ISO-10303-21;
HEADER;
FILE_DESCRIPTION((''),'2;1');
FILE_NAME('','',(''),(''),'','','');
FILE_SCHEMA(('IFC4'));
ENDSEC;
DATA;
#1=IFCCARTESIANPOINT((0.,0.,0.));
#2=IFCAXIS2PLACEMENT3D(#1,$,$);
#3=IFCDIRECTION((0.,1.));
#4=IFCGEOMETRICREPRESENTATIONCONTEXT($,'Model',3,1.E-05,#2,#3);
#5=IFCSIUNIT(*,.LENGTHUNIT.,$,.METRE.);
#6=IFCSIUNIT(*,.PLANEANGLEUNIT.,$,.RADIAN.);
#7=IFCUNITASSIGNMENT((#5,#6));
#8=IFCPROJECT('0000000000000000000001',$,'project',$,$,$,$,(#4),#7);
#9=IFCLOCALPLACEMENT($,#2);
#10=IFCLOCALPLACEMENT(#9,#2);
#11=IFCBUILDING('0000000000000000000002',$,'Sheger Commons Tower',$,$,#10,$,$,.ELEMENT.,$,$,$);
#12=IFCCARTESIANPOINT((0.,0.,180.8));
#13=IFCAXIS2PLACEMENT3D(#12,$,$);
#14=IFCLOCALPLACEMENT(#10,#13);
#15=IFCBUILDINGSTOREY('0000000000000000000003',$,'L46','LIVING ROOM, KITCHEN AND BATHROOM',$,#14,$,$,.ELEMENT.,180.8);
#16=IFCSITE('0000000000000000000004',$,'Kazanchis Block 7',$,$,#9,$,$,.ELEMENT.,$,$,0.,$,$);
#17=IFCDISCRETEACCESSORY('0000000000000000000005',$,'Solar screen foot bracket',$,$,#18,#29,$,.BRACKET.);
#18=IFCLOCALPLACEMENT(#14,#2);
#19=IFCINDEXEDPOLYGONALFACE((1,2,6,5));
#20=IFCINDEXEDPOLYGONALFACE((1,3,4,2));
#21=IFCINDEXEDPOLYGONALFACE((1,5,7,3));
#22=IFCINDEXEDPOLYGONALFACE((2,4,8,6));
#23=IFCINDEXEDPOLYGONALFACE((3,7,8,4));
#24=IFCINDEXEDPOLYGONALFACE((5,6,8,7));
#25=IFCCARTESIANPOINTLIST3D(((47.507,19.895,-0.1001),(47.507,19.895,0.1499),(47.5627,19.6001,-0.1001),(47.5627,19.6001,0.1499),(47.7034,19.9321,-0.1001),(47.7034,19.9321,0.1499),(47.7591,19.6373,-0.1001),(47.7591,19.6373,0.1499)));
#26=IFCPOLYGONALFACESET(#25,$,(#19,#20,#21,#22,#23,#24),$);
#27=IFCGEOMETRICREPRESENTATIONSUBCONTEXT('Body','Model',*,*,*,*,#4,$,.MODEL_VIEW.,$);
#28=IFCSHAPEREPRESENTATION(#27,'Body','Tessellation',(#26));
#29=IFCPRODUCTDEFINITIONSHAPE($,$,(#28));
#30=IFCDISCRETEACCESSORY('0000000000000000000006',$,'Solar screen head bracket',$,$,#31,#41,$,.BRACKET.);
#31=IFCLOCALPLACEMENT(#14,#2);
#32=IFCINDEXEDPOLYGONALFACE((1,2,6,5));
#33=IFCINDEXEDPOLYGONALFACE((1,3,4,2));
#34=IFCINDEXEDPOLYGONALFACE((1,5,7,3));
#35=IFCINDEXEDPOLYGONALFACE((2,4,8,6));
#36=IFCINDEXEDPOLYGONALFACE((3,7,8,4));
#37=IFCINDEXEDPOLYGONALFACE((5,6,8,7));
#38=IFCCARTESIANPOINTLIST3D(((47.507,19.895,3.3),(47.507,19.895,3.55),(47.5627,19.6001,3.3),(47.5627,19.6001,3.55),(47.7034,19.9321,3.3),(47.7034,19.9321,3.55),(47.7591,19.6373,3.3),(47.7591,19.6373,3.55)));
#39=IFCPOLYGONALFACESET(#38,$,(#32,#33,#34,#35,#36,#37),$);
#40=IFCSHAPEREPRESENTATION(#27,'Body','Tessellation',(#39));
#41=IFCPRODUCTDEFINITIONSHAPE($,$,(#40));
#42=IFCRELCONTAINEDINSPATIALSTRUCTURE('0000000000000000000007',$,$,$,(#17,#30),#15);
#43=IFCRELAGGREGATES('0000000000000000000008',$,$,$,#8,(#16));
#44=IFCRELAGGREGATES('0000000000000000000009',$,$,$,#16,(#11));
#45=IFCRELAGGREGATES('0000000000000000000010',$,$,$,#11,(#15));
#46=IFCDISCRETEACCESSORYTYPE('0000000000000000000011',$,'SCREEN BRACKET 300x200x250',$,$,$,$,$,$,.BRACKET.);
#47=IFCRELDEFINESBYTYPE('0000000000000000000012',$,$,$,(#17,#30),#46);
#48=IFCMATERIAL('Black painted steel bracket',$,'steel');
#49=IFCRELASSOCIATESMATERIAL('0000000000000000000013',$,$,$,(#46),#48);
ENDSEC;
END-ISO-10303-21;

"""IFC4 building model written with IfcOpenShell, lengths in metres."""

from ifc_helpers import new_model, si_unit, direction, frame, origin, origin_2d, place, context, subcontext, project, spatial, rectangle, extrude, material, type_object, element, save


model = new_model("IFC4")

# Units and contexts
model_context = context("Model", 3, precision=1e-05, world=origin(), true_north=direction((0.0, 1.0)))
body_context = subcontext(model_context, "Body", "Model", "MODEL_VIEW")
ifc_project = project(units=[si_unit("LENGTHUNIT", "METRE"), si_unit("PLANEANGLEUNIT", "RADIAN")], contexts=[model_context])

# Site, building, storey
site_placement = place(None, origin())
site = spatial("IfcSite", under=ifc_project, at=site_placement, Name="Kazanchis Block 7", CompositionType="ELEMENT", RefElevation=0.0)
building_placement = place(site_placement, origin())
building = spatial("IfcBuilding", under=site, at=building_placement, Name="Sheger Commons Tower", CompositionType="ELEMENT")
storey_placement = place(building_placement, frame((0.0, 0.0, 180.8)))
storey = spatial("IfcBuildingStorey", under=building, at=storey_placement, Name="L46", Description="LIVING ROOM, KITCHEN AND BATHROOM", CompositionType="ELEMENT", Elevation=180.8)

# Discrete accessories
ifc_material_1 = material(Name="Black painted steel bracket", Category="steel")
discrete_accessory_type = type_object("IfcDiscreteAccessoryType", Name="SCREEN BRACKET 300x200x250", PredefinedType="BRACKET", material=ifc_material_1)
for number, where, z_axis, x_axis, name in (
    (1, (47.6331, 19.7661, -0.1001), (0.0, 0.0, 1.0), (-0.185615, 0.982623, 0.0), "Solar screen foot bracket"),
    (2, (47.6331, 19.7661, 3.3), (0.0, 0.0, 1.0), (-0.185615, 0.982623, 0.0), "Solar screen head bracket"),
):
    element("IfcDiscreteAccessory", number, at=place(storey_placement, frame(where, z_axis=z_axis, x_axis=x_axis)), inside=storey, type_object=discrete_accessory_type, Name=name, PredefinedType="BRACKET", context=body_context, shape_type="SweptSolid", body=[
        extrude(rectangle(XDim=0.3, YDim=0.2, at=origin_2d()), origin(), (0.0, 0.0, 1.0), 0.25),
    ])

save(model, "model.ifc")
